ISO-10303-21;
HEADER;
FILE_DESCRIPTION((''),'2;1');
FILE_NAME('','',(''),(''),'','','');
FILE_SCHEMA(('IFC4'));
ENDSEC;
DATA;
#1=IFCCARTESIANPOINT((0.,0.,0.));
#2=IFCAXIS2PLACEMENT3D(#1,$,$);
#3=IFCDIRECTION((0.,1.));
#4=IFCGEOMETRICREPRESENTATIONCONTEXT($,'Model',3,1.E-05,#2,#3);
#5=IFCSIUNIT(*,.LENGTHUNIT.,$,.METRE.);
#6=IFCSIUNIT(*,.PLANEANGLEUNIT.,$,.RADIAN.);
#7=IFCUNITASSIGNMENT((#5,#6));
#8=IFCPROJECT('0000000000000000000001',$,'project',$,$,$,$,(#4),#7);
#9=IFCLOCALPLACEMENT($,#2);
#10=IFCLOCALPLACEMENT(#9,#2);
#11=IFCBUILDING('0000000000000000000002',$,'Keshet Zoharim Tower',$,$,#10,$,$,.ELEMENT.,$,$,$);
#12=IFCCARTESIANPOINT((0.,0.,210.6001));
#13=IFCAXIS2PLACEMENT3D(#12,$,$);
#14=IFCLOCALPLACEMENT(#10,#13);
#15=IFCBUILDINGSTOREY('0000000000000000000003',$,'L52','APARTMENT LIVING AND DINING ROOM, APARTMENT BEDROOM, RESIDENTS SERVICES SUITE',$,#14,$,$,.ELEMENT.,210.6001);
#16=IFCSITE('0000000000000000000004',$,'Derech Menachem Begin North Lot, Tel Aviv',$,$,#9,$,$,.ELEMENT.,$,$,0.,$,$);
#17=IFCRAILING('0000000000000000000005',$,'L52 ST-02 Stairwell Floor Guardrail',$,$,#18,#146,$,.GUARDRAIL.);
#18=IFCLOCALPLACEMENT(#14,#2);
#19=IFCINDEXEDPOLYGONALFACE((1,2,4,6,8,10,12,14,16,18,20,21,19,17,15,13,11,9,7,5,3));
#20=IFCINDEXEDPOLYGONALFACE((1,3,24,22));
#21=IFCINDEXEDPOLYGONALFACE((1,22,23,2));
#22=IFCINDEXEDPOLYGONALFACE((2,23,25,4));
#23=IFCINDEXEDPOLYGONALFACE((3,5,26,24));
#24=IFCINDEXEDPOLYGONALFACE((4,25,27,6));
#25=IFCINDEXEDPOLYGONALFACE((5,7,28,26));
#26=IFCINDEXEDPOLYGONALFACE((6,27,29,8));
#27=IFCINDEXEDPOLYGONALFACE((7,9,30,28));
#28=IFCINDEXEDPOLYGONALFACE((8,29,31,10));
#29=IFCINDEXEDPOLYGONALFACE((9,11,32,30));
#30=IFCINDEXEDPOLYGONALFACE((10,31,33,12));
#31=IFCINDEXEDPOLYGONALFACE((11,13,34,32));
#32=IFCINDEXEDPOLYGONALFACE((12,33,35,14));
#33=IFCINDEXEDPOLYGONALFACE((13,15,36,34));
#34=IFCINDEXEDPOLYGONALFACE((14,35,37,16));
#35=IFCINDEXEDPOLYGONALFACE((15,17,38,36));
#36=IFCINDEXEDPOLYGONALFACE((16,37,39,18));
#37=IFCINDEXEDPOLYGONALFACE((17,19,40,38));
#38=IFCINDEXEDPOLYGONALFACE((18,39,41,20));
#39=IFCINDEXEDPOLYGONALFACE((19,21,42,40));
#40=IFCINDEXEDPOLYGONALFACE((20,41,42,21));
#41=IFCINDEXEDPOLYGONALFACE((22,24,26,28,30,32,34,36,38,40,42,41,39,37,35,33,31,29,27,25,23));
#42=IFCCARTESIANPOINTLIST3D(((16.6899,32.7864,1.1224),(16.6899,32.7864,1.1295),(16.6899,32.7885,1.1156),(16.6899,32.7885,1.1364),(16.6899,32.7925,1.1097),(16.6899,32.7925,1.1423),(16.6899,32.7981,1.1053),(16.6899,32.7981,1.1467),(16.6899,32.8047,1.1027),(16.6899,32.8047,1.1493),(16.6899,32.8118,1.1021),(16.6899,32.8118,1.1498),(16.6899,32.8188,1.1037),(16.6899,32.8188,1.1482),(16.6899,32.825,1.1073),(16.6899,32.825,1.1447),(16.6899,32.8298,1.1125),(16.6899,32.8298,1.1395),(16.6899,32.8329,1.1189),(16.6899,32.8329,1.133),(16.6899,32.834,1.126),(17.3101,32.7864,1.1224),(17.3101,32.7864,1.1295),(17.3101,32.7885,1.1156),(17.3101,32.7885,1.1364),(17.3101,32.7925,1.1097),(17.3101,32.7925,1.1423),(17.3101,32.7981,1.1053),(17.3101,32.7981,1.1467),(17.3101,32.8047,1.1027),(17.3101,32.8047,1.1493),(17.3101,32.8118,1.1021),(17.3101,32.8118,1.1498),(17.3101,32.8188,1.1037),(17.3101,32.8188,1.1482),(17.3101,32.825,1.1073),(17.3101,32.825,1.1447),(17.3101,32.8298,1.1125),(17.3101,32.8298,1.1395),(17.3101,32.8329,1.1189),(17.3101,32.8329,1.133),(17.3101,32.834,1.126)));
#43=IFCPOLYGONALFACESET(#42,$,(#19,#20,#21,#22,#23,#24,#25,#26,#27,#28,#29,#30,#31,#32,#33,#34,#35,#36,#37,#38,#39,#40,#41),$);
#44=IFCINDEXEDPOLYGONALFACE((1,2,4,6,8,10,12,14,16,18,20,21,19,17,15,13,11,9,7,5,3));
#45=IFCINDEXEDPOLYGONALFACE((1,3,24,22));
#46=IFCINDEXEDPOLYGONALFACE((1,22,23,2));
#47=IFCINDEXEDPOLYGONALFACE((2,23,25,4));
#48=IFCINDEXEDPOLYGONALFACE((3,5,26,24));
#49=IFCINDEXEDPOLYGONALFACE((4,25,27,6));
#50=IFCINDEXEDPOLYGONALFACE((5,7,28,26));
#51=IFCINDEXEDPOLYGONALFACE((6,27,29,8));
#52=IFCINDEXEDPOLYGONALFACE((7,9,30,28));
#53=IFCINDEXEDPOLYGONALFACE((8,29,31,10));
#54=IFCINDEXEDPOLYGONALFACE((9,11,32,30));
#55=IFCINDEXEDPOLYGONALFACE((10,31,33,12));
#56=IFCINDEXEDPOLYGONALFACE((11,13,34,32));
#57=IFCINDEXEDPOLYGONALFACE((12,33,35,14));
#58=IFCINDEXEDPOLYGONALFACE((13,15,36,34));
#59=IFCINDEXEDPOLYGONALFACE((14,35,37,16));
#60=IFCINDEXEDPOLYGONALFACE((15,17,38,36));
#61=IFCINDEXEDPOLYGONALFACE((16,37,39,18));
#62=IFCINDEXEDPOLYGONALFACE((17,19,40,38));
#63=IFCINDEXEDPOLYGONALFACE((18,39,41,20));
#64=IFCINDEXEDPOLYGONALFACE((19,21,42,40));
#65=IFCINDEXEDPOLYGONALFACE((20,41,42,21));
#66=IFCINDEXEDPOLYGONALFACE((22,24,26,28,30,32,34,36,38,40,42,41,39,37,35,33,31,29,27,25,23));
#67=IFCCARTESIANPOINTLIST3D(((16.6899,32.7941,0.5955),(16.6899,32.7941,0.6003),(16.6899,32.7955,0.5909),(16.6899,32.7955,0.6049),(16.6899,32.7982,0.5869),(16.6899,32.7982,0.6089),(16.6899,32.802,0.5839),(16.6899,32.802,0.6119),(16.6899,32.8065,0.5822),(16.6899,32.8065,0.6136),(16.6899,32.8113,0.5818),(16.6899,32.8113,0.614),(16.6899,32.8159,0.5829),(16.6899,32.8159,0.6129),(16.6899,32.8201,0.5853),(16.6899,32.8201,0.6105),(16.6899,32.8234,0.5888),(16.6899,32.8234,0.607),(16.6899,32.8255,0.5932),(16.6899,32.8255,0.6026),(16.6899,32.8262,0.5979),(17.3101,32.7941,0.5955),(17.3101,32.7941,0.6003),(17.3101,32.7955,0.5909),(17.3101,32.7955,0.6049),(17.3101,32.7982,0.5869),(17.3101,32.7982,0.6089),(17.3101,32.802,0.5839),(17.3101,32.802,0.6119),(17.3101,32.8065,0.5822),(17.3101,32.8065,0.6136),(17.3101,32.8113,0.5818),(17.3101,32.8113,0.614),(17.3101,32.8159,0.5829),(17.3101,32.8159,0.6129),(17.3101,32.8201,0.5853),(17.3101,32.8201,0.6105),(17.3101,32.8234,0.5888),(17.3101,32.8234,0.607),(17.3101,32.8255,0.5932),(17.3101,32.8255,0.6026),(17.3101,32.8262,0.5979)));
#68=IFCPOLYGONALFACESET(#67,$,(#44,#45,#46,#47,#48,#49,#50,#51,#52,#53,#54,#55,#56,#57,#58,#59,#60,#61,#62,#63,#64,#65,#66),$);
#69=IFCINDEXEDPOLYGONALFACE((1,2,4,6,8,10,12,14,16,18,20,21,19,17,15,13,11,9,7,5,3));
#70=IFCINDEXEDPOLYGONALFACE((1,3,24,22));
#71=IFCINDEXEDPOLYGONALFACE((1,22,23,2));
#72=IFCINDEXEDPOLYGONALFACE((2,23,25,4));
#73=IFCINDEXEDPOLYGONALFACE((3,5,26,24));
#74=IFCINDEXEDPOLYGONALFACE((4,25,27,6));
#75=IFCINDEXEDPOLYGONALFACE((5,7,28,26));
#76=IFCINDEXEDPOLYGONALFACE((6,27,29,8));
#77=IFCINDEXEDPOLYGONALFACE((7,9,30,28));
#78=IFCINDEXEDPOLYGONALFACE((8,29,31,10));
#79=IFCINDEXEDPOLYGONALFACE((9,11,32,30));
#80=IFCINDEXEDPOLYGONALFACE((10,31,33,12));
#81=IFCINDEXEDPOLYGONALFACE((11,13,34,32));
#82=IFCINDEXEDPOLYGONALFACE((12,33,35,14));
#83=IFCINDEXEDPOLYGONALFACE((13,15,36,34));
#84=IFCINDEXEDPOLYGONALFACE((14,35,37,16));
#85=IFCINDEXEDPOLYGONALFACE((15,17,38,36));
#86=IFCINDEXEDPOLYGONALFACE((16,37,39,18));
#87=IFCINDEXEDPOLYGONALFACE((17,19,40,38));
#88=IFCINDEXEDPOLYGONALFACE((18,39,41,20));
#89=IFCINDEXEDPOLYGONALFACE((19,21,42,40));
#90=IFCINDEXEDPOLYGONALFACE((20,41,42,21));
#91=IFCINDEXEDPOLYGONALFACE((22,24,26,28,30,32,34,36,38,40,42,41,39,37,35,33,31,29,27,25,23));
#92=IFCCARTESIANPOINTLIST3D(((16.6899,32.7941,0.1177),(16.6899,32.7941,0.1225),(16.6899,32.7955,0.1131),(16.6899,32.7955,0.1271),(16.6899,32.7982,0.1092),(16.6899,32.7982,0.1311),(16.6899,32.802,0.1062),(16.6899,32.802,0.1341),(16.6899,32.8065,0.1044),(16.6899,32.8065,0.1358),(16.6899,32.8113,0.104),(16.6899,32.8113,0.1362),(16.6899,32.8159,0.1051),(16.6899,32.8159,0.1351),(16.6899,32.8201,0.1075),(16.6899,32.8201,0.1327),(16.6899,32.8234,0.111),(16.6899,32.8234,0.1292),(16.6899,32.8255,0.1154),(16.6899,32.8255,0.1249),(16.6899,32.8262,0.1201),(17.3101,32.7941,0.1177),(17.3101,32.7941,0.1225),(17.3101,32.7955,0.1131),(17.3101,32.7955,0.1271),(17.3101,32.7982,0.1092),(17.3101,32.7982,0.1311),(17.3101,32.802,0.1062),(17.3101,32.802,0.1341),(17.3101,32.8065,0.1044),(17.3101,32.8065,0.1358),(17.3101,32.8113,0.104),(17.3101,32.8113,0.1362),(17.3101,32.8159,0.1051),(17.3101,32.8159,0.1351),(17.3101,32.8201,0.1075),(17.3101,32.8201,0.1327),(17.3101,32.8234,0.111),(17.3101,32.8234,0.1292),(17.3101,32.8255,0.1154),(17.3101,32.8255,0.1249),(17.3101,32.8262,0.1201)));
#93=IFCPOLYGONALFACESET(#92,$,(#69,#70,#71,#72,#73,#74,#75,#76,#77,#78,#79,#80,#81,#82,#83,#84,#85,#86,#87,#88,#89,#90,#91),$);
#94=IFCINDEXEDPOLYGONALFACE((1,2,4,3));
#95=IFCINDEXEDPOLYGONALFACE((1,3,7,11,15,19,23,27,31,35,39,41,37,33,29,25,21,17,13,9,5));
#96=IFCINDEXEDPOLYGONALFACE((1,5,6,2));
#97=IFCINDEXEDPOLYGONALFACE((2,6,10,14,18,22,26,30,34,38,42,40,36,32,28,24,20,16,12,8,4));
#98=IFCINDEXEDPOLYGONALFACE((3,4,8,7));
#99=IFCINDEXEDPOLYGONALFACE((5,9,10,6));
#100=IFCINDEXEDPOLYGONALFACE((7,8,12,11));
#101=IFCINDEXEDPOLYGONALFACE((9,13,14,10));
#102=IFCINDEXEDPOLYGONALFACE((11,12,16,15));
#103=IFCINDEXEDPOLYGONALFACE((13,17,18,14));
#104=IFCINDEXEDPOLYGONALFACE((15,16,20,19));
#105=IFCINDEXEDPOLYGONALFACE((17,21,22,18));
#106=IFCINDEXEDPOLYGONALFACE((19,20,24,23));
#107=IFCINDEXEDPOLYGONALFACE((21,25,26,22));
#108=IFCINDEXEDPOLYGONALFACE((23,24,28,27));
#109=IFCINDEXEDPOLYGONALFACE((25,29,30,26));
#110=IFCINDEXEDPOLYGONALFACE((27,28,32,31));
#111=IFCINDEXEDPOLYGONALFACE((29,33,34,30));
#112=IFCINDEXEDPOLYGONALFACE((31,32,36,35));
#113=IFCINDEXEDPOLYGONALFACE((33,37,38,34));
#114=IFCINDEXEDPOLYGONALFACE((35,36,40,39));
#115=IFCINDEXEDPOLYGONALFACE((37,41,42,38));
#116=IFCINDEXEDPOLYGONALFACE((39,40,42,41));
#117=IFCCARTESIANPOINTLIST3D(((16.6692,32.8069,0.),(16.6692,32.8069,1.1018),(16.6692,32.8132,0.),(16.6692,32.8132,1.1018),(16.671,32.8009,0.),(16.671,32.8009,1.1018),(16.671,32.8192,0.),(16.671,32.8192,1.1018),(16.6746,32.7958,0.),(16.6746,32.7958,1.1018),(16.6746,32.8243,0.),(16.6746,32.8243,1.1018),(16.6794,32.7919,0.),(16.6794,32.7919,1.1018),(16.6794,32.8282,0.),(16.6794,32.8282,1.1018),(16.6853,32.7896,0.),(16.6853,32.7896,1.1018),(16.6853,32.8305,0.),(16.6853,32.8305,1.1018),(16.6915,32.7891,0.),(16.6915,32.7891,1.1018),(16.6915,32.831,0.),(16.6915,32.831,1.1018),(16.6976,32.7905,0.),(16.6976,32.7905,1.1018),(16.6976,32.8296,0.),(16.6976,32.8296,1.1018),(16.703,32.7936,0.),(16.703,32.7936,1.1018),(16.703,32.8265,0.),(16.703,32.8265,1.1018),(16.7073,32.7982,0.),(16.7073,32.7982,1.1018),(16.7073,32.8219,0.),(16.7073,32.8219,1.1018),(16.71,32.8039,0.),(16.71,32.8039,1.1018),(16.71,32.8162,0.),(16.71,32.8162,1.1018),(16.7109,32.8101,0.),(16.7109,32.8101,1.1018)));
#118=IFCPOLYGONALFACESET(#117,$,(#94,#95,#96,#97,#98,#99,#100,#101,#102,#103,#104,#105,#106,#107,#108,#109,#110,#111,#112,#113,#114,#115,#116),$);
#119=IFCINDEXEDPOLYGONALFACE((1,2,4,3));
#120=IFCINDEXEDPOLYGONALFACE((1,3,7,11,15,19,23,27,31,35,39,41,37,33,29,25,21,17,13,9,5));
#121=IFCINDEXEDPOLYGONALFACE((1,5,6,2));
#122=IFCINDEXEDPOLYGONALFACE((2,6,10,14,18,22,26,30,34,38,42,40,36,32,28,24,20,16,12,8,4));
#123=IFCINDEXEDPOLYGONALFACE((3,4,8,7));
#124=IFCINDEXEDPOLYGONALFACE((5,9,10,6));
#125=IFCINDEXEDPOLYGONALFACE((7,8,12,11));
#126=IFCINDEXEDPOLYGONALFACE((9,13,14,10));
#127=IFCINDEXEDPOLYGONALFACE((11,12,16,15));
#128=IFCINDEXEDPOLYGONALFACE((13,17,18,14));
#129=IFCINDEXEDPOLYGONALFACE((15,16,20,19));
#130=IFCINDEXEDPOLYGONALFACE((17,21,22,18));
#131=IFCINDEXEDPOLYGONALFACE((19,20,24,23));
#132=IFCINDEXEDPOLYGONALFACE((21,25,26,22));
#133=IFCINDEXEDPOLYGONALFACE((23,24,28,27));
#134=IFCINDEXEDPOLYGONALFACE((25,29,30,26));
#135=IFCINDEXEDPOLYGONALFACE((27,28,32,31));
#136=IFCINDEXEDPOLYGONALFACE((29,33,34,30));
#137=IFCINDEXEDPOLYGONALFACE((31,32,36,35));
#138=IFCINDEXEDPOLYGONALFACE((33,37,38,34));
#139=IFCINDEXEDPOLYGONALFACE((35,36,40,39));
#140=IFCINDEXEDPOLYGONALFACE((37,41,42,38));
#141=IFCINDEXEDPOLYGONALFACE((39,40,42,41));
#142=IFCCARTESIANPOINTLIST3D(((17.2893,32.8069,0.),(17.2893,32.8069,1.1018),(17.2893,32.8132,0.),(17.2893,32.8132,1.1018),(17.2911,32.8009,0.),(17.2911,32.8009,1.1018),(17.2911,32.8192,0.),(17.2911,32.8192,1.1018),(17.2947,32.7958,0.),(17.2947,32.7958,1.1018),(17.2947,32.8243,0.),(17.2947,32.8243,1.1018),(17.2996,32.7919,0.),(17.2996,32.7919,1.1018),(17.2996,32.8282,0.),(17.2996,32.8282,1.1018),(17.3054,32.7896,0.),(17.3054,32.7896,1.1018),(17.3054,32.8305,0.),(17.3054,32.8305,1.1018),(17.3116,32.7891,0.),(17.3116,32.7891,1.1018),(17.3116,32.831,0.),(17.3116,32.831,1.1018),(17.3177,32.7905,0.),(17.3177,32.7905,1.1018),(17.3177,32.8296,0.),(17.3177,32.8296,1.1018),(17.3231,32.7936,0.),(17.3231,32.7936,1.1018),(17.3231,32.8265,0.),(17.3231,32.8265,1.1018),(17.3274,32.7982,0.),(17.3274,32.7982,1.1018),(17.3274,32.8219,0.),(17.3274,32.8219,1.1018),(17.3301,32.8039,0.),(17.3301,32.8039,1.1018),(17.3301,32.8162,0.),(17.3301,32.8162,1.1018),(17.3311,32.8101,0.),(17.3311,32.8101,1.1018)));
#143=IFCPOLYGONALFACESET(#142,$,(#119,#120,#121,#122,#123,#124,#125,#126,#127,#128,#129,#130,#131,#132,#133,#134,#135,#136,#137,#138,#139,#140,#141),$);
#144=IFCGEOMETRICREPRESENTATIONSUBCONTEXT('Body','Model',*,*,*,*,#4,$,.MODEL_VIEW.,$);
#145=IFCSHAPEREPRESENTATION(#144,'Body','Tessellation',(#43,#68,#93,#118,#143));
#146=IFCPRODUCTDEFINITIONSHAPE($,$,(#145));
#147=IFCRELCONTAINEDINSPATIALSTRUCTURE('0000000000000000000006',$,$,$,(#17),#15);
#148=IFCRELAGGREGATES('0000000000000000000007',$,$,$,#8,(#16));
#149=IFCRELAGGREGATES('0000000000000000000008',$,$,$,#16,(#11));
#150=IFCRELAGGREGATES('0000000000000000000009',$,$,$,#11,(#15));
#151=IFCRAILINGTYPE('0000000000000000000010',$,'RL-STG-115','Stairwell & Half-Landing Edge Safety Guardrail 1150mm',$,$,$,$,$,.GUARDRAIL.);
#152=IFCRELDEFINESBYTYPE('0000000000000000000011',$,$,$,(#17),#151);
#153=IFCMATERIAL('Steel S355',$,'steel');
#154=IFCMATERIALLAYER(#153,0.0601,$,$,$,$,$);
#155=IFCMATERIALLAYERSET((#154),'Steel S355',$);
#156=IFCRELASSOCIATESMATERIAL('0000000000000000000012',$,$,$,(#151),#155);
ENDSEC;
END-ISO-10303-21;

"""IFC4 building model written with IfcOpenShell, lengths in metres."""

from ifc_helpers import new_model, si_unit, direction, frame, origin, origin_2d, place, context, subcontext, project, spatial, circle, extrude, material, layer, layer_set, type_object, element, save


model = new_model("IFC4")

# Units and contexts
model_context = context("Model", 3, precision=1e-05, world=origin(), true_north=direction((0.0, 1.0)))
body_context = subcontext(model_context, "Body", "Model", "MODEL_VIEW")
ifc_project = project(units=[si_unit("LENGTHUNIT", "METRE"), si_unit("PLANEANGLEUNIT", "RADIAN")], contexts=[model_context])

# Site, building, storey
site_placement = place(None, origin())
site = spatial("IfcSite", under=ifc_project, at=site_placement, Name="Derech Menachem Begin North Lot, Tel Aviv", CompositionType="ELEMENT", RefElevation=0.0)
building_placement = place(site_placement, origin())
building = spatial("IfcBuilding", under=site, at=building_placement, Name="Keshet Zoharim Tower", CompositionType="ELEMENT")
storey_placement = place(building_placement, frame((0.0, 0.0, 210.6001)))
storey = spatial("IfcBuildingStorey", under=building, at=storey_placement, Name="L52", Description="APARTMENT LIVING AND DINING ROOM, APARTMENT BEDROOM, RESIDENTS SERVICES SUITE", CompositionType="ELEMENT", Elevation=210.6001)

# Shared definitions
ifc_material_1 = material(Name="Steel S355", Category="steel")

# Railing
ifc_layer_1 = layer(ifc_material_1, 0.0601)
ifc_layer_set_1 = layer_set([ifc_layer_1], Name="Steel S355")
railing_type_1 = type_object("IfcRailingType", Name="RL-STG-115", Description="Stairwell & Half-Landing Edge Safety Guardrail 1150mm", PredefinedType="GUARDRAIL", material=ifc_layer_set_1)
railing_1_placement = place(storey_placement, frame((16.6899, 32.8101, 0.0)))
element("IfcRailing", 1, at=railing_1_placement, inside=storey, type_object=railing_type_1, Name="L52 ST-02 Stairwell Floor Guardrail", PredefinedType="GUARDRAIL", context=body_context, shape_type="SweptSolid", body=[
    extrude(circle(Radius=0.0239, at=origin_2d()), frame((0.0, 0.0, 1.126), z_axis=(1.0, 0.0, 0.0), x_axis=(0.0, 1.0, 0.0)), (0.0, 0.0, 1.0), 0.6201),
    extrude(circle(Radius=0.0161, at=origin_2d()), frame((0.0, 0.0, 0.5979), z_axis=(1.0, 0.0, 0.0), x_axis=(0.0, 1.0, 0.0)), (0.0, 0.0, 1.0), 0.6201),
    extrude(circle(Radius=0.0161, at=origin_2d()), frame((0.0, 0.0, 0.1201), z_axis=(1.0, 0.0, 0.0), x_axis=(0.0, 1.0, 0.0)), (0.0, 0.0, 1.0), 0.6201),
    extrude(circle(Radius=0.021, at=origin_2d()), origin(), (0.0, 0.0, 1.0), 1.1018),
    extrude(circle(Radius=0.021, at=origin_2d()), frame((0.6201, 0.0, 0.0)), (0.0, 0.0, 1.0), 1.1018),
])

save(model, "model.ifc")
